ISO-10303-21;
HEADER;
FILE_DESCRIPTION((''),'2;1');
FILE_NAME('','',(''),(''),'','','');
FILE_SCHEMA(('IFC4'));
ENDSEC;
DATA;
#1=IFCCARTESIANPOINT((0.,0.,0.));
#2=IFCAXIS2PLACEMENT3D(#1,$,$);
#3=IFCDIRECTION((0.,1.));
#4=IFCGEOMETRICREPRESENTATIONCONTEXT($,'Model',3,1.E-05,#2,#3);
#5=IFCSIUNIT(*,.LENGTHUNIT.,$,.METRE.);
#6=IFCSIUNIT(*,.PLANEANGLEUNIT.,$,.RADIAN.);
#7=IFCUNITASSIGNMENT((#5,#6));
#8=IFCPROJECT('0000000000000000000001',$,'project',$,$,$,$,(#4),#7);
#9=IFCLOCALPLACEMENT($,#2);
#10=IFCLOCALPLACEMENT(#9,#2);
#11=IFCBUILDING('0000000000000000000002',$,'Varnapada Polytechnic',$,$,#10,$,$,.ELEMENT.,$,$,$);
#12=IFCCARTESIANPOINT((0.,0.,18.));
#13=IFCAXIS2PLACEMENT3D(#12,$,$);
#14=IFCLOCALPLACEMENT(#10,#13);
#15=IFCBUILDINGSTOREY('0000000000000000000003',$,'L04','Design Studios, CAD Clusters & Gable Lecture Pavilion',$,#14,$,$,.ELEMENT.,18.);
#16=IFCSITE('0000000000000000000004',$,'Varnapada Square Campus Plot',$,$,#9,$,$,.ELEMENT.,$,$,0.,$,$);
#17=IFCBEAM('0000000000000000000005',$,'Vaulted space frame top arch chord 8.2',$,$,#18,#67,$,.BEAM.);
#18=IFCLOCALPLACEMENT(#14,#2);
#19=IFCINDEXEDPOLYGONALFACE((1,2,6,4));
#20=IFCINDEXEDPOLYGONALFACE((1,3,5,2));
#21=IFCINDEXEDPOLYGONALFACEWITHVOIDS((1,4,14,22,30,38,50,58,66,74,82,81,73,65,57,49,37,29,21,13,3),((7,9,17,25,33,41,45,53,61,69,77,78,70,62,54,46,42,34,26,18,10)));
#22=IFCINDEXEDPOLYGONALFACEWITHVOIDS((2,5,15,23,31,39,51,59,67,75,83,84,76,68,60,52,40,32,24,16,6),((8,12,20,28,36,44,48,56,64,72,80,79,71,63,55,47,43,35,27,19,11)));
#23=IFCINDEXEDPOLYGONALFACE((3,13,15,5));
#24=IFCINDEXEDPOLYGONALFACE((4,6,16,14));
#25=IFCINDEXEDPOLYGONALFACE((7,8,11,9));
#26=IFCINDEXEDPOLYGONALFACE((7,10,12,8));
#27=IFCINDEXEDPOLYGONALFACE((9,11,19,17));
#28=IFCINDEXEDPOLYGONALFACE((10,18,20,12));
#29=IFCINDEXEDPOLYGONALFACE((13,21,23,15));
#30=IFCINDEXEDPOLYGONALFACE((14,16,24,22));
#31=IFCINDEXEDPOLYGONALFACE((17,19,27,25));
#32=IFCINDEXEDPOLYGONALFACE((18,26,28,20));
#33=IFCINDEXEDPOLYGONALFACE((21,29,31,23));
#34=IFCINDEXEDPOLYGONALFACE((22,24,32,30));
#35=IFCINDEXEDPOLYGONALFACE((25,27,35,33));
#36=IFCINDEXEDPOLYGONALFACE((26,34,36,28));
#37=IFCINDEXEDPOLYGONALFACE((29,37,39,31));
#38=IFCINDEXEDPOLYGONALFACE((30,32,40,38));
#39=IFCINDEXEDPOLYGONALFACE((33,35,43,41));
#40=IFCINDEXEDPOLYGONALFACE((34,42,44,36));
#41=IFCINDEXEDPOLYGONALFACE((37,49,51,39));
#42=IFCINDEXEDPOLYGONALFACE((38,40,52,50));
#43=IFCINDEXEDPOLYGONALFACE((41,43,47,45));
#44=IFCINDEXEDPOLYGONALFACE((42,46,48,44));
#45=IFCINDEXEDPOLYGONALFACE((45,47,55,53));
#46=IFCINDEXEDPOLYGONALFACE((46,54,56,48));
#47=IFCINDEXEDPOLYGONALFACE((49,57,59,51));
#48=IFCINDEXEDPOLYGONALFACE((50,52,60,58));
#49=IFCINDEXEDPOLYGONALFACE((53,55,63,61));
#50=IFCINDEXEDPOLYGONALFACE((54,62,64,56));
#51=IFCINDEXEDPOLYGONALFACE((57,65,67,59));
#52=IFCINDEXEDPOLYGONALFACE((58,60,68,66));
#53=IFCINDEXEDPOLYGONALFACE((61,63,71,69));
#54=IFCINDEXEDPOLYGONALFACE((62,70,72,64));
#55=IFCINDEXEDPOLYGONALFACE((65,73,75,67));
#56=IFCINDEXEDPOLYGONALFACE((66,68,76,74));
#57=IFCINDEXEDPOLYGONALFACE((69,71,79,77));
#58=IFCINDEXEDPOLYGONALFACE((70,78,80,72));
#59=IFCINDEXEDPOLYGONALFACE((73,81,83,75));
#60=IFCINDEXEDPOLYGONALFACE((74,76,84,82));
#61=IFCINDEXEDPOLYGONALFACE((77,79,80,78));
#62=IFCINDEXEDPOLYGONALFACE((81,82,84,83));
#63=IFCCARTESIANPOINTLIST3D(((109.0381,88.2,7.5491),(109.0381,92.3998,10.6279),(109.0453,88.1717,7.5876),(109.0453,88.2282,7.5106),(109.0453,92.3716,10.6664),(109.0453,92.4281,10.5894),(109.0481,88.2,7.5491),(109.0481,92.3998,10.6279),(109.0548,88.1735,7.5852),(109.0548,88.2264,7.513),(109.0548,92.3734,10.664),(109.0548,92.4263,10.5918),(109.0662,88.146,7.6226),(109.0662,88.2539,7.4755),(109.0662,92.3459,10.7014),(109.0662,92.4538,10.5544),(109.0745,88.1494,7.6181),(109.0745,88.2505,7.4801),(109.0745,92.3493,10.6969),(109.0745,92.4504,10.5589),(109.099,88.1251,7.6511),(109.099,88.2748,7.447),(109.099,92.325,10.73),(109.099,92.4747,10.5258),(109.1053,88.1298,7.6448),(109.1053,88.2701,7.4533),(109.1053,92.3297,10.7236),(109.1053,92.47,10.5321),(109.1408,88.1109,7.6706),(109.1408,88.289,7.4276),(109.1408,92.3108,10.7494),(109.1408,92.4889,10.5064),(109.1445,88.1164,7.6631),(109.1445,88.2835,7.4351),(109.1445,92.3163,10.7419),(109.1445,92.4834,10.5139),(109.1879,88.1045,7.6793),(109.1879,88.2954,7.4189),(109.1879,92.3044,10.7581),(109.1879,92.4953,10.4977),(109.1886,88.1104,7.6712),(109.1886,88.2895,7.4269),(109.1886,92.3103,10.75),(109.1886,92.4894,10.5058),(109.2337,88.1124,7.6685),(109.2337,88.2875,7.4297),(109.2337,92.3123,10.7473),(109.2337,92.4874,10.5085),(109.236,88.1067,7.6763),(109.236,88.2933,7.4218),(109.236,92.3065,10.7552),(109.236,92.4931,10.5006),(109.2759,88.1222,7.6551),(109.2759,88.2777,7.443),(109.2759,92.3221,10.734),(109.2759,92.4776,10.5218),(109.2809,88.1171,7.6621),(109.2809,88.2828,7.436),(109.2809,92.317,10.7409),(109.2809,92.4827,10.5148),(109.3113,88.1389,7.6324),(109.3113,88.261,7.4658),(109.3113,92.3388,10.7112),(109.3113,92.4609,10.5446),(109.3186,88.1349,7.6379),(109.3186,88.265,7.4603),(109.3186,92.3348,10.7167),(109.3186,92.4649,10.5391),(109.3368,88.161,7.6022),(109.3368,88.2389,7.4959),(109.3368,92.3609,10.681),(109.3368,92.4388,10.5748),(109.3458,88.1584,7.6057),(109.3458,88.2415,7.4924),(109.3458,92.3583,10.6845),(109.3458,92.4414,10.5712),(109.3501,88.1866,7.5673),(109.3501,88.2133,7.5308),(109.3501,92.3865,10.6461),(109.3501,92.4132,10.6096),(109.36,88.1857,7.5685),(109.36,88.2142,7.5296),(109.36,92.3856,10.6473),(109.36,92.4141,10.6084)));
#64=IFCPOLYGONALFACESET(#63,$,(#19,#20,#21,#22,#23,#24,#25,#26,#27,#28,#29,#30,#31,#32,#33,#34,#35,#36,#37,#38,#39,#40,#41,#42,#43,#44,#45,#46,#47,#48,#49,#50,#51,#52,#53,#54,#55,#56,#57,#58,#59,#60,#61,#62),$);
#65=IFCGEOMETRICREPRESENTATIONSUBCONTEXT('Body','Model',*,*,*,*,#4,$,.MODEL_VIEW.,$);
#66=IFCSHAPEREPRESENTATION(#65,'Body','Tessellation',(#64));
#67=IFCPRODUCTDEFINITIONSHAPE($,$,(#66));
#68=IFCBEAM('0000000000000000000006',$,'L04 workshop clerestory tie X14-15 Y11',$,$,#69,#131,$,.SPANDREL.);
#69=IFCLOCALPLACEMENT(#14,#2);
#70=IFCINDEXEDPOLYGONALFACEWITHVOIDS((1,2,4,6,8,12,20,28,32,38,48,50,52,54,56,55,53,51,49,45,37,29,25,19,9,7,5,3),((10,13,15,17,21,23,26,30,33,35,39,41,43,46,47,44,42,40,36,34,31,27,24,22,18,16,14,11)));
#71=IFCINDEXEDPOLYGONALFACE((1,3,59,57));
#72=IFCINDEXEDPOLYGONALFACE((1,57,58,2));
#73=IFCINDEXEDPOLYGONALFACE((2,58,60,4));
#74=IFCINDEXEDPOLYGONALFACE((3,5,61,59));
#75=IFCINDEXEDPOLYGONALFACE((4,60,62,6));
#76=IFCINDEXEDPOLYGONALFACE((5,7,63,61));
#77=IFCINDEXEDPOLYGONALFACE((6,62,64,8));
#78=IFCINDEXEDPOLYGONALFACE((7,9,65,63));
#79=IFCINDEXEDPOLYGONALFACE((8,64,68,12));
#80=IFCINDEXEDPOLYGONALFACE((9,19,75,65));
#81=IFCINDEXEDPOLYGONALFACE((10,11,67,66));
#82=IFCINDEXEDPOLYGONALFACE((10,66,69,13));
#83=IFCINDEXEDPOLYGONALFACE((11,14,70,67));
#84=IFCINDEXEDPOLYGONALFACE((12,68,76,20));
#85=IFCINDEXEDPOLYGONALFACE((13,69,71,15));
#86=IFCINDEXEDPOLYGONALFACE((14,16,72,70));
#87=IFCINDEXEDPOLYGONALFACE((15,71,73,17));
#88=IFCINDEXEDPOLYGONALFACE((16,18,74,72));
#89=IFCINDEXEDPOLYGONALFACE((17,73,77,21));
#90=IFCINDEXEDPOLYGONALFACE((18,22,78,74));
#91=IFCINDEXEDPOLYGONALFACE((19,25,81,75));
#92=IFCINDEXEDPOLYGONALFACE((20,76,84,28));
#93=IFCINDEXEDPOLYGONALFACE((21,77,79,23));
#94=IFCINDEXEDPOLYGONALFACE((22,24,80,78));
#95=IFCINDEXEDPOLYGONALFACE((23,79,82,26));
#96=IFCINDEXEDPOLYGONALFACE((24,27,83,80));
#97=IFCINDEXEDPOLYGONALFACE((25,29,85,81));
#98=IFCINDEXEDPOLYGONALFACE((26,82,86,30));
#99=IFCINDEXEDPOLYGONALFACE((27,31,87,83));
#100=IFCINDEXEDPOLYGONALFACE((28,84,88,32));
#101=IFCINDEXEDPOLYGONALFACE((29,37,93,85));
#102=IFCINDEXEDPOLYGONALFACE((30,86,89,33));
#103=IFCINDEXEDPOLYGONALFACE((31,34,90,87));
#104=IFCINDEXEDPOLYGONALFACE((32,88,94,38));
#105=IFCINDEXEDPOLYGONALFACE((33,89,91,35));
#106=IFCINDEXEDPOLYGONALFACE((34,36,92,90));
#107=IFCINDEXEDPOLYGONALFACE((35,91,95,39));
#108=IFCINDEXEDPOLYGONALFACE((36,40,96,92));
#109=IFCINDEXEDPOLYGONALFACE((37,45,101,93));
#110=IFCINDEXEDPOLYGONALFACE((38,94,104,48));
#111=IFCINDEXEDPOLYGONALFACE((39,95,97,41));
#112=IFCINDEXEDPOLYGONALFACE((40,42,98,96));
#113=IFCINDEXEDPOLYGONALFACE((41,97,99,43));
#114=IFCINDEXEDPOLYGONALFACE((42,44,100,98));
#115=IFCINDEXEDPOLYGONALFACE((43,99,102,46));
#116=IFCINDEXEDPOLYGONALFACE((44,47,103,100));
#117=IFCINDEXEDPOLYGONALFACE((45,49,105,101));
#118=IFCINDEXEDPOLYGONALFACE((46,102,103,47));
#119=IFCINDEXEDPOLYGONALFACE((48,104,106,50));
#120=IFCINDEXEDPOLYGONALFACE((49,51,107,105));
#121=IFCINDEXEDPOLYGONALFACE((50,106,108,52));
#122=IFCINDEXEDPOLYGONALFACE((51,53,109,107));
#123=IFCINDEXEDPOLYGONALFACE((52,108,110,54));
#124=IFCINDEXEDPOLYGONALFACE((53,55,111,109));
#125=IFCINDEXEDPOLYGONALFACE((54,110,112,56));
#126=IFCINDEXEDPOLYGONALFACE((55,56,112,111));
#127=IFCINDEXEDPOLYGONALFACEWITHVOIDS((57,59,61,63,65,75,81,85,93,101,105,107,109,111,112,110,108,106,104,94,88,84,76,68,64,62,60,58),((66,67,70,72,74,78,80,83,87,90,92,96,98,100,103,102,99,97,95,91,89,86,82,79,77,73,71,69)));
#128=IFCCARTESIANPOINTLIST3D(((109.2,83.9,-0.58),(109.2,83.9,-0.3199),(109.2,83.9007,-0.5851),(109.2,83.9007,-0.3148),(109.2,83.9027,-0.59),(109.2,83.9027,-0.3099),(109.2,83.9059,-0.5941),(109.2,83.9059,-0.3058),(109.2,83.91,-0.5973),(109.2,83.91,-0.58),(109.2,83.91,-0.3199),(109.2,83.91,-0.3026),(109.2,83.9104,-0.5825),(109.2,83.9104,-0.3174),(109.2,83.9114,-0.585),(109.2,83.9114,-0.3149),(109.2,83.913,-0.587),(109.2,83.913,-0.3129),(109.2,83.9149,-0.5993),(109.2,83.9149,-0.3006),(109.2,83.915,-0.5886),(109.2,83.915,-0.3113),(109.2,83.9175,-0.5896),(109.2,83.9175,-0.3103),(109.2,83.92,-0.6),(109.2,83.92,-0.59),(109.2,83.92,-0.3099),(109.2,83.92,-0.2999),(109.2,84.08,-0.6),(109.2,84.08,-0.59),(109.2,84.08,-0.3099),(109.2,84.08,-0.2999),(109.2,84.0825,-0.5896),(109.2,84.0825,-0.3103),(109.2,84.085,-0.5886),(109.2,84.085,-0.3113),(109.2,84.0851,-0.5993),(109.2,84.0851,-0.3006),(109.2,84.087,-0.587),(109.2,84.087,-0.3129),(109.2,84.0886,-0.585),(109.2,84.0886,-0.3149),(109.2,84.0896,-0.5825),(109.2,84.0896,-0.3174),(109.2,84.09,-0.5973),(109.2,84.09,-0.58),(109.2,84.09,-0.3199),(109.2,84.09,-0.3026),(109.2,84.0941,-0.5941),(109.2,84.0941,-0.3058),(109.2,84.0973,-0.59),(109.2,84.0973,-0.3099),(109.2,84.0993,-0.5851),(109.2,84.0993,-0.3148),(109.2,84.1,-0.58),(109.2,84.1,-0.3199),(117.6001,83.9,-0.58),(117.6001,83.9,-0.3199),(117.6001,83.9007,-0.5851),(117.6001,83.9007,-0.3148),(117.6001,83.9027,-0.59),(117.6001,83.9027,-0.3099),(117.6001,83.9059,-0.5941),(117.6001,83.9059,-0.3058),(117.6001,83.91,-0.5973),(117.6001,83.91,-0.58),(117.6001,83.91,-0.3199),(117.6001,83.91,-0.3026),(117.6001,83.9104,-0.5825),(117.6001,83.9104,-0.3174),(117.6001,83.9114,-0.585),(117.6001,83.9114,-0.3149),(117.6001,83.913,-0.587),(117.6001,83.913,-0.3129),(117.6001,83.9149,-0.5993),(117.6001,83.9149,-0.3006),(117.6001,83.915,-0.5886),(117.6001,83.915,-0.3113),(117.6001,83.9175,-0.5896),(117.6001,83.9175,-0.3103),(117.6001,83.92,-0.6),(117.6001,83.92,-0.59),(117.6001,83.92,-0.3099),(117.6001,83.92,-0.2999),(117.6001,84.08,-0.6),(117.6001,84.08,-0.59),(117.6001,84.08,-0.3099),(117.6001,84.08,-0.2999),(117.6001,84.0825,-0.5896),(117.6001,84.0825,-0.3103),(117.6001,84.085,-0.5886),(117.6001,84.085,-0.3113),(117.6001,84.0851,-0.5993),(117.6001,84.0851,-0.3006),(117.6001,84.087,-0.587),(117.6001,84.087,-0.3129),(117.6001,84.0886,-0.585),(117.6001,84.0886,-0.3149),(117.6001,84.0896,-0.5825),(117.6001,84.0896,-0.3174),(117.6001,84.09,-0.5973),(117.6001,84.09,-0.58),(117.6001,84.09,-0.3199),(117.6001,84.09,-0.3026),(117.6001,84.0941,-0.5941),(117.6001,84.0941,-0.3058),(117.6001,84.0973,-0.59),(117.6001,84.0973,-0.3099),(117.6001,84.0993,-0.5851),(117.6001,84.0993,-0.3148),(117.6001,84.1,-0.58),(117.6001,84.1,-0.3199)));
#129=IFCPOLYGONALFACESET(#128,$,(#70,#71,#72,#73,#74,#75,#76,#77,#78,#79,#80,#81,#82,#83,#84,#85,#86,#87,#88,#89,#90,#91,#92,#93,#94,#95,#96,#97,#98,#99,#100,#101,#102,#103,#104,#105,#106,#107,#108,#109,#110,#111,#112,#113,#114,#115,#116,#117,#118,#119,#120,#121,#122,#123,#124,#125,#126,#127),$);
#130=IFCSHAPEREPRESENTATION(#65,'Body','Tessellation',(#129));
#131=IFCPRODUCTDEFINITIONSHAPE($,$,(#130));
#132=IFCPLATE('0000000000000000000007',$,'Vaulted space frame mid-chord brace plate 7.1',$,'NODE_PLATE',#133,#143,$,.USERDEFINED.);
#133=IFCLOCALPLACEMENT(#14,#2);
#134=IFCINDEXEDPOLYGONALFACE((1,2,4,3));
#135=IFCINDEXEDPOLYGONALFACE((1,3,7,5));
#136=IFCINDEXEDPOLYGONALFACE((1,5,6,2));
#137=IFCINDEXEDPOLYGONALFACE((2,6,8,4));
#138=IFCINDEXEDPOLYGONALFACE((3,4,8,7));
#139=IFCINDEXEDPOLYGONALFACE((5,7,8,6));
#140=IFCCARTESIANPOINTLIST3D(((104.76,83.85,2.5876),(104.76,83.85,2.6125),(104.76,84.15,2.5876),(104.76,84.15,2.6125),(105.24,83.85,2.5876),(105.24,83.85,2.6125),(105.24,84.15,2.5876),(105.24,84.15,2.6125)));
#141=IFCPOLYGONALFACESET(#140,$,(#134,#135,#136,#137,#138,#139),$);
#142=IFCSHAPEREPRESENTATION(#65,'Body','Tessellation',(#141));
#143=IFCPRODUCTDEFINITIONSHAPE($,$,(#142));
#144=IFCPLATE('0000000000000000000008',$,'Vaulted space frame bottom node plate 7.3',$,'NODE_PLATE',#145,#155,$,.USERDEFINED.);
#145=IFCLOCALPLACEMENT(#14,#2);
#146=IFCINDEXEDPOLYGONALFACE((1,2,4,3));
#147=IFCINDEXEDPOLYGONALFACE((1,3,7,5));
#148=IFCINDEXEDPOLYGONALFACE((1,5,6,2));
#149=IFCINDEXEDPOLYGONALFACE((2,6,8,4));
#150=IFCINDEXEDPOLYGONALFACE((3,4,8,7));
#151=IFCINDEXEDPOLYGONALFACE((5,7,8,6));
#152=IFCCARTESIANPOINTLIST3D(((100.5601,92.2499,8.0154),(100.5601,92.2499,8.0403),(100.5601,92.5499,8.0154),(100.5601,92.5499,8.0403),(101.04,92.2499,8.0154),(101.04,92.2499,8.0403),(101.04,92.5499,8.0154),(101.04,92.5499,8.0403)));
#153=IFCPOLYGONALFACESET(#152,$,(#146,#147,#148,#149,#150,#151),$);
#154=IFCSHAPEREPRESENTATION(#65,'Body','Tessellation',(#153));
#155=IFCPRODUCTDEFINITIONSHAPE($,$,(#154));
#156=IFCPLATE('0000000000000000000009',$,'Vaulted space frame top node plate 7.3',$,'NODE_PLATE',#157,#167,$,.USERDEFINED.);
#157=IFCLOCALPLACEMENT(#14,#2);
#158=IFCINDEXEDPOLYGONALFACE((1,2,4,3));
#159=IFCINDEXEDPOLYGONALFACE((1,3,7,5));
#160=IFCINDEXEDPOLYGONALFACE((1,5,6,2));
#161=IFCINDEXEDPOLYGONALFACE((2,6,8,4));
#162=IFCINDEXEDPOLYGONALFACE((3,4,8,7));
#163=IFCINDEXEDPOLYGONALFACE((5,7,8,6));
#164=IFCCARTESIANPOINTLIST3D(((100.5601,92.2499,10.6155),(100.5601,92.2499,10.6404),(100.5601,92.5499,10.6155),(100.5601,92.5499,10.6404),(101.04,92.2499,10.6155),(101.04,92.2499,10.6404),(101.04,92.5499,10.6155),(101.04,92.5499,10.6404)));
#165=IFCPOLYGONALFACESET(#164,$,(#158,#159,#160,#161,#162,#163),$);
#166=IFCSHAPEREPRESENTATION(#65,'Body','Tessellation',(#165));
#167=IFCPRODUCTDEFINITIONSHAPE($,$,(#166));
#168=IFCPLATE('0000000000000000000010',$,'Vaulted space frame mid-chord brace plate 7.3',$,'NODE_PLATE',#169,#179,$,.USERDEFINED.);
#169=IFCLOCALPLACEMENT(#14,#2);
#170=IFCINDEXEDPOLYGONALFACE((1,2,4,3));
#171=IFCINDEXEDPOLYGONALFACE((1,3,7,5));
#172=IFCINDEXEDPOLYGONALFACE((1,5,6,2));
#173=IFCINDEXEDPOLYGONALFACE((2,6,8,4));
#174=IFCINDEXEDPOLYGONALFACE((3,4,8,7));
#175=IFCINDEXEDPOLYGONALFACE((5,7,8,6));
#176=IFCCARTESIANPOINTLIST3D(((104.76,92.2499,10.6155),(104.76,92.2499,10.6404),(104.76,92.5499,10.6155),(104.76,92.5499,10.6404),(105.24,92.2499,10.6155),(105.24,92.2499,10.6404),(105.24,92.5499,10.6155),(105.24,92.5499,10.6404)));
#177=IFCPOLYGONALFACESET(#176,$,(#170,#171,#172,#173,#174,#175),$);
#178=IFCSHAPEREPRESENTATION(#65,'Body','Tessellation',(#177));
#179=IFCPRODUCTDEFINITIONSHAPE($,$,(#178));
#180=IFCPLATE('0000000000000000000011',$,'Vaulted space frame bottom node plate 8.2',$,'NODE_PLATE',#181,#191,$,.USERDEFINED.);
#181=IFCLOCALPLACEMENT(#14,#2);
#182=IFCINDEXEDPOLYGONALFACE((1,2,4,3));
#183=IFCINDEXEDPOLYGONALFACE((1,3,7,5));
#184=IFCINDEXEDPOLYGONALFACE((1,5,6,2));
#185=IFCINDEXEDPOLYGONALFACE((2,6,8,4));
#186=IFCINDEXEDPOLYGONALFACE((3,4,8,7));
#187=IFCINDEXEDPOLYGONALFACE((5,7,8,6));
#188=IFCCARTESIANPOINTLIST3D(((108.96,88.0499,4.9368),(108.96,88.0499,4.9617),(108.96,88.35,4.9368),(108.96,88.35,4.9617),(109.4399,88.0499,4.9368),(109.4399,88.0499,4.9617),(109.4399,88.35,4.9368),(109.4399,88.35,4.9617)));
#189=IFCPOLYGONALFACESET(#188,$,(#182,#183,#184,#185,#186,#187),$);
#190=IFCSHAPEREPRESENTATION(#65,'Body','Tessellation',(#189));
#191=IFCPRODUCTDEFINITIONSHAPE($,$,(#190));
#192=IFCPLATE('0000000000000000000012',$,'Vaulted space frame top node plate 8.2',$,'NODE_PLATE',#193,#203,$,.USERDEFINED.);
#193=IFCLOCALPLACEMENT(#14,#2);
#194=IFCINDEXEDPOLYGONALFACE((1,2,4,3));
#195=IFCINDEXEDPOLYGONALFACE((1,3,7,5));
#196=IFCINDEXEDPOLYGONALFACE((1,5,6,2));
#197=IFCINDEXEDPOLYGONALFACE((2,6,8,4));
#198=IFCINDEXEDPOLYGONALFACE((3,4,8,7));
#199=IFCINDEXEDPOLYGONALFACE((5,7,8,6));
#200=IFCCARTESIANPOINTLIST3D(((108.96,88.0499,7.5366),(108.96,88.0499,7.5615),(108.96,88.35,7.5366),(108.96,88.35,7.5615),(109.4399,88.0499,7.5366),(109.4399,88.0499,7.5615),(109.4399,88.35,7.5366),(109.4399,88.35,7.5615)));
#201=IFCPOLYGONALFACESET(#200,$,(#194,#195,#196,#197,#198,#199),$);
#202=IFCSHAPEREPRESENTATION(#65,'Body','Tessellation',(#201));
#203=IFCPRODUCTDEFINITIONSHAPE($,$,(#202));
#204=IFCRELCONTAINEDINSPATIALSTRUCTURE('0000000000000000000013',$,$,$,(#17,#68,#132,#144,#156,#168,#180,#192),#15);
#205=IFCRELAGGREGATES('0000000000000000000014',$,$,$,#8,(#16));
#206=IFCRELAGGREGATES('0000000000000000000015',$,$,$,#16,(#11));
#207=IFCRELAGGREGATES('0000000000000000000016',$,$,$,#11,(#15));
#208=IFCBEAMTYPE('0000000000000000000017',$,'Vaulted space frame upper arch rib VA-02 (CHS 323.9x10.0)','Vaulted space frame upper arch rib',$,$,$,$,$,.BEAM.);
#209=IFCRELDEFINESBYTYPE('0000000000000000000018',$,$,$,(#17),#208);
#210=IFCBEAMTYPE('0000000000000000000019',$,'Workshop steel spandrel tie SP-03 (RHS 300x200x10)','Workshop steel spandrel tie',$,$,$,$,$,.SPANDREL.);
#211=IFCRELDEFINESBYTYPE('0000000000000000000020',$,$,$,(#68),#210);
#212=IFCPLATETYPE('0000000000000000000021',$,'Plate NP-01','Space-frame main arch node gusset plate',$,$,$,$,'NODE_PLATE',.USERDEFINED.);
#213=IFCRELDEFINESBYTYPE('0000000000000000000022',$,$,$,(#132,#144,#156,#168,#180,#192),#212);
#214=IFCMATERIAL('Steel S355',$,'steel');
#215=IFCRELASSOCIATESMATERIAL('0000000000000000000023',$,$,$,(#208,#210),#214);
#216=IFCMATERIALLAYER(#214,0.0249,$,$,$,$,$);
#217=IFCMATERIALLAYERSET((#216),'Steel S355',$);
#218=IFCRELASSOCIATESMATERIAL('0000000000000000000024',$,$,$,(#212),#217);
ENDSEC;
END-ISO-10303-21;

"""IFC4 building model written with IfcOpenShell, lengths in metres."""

from ifc_helpers import new_model, si_unit, direction, frame, origin, origin_2d, place, context, subcontext, project, spatial, rectangle, hollow_rectangle, hollow_circle, extrude, material, layer, layer_set, material_profile, profile_set, type_object, element, save


model = new_model("IFC4")

# Units and contexts
model_context = context("Model", 3, precision=1e-05, world=origin(), true_north=direction((0.0, 1.0)))
body_context = subcontext(model_context, "Body", "Model", "MODEL_VIEW")
ifc_project = project(units=[si_unit("LENGTHUNIT", "METRE"), si_unit("PLANEANGLEUNIT", "RADIAN")], contexts=[model_context])

# Site, building, storey
site_placement = place(None, origin())
site = spatial("IfcSite", under=ifc_project, at=site_placement, Name="Varnapada Square Campus Plot", CompositionType="ELEMENT", RefElevation=0.0)
building_placement = place(site_placement, origin())
building = spatial("IfcBuilding", under=site, at=building_placement, Name="Varnapada Polytechnic", CompositionType="ELEMENT")
storey_placement = place(building_placement, frame((0.0, 0.0, 18.0)))
storey = spatial("IfcBuildingStorey", under=building, at=storey_placement, Name="L04", Description="Design Studios, CAD Clusters & Gable Lecture Pavilion", CompositionType="ELEMENT", Elevation=18.0)

# Shared definitions
ifc_material = material(Name="Steel S355", Category="steel")

# Beams
ifc_material_profile_1 = material_profile(ifc_material, hollow_circle(Radius=0.1619, WallThickness=0.01, at=origin_2d()), Name="CHS 323.9x10.0")
ifc_profile_set_1 = profile_set([ifc_material_profile_1], Name="Steel S355")
beam_type_1 = type_object("IfcBeamType", Name="Vaulted space frame upper arch rib VA-02 (CHS 323.9x10.0)", Description="Vaulted space frame upper arch rib", PredefinedType="BEAM", material=ifc_profile_set_1)
beam_1_placement = place(storey_placement, frame((109.2, 88.2, 7.5491), z_axis=(0.0, 0.806506, 0.591225), x_axis=(-1.0, 0.0, 0.0)))
element("IfcBeam", 1, at=beam_1_placement, inside=storey, type_object=beam_type_1, Name="Vaulted space frame top arch chord 8.2", PredefinedType="BEAM", context=body_context, shape_type="SweptSolid", body=[
    extrude(hollow_circle(Radius=0.1619, WallThickness=0.01, at=origin_2d()), origin(), (0.0, 0.0, 1.0), 5.2075),
])
ifc_material_profile_2 = material_profile(ifc_material, hollow_rectangle(XDim=0.2, YDim=0.3, WallThickness=0.01, InnerFilletRadius=0.01, OuterFilletRadius=0.02, at=origin_2d()), Name="RHS 300x200x10")
ifc_profile_set_2 = profile_set([ifc_material_profile_2], Name="Steel S355")
beam_type_2 = type_object("IfcBeamType", Name="Workshop steel spandrel tie SP-03 (RHS 300x200x10)", Description="Workshop steel spandrel tie", PredefinedType="SPANDREL", material=ifc_profile_set_2)
beam_2_placement = place(storey_placement, frame((109.2, 84.0, -0.45), z_axis=(1.0, 0.0, 0.0), x_axis=(0.0, 1.0, 0.0)))
element("IfcBeam", 2, at=beam_2_placement, inside=storey, type_object=beam_type_2, Name="L04 workshop clerestory tie X14-15 Y11", PredefinedType="SPANDREL", context=body_context, shape_type="SweptSolid", body=[
    extrude(hollow_rectangle(XDim=0.2, YDim=0.3, WallThickness=0.01, InnerFilletRadius=0.01, OuterFilletRadius=0.02, at=origin_2d()), origin(), (0.0, 0.0, 1.0), 8.4001),
])

# Plates
ifc_layer_1 = layer(ifc_material, 0.0249)
ifc_layer_set_1 = layer_set([ifc_layer_1], Name="Steel S355")
plate_type_1 = type_object("IfcPlateType", Name="Plate NP-01", Description="Space-frame main arch node gusset plate", ElementType="NODE_PLATE", PredefinedType="USERDEFINED", material=ifc_layer_set_1)
for number, where, z_axis, x_axis, name in (
    (3, (105.0, 84.0, 2.5876), (0.0, 0.0, 1.0), (1.0, 0.0, 0.0), "Vaulted space frame mid-chord brace plate 7.1"),
    (4, (100.8, 92.3999, 8.0154), (0.0, 0.0, 1.0), (1.0, 0.0, 0.0), "Vaulted space frame bottom node plate 7.3"),
    (5, (100.8, 92.3999, 10.6155), (0.0, 0.0, 1.0), (1.0, 0.0, 0.0), "Vaulted space frame top node plate 7.3"),
    (6, (105.0, 92.3999, 10.6155), (0.0, 0.0, 1.0), (1.0, 0.0, 0.0), "Vaulted space frame mid-chord brace plate 7.3"),
    (7, (109.2, 88.2, 4.9368), (0.0, 0.0, 1.0), (1.0, 0.0, 0.0), "Vaulted space frame bottom node plate 8.2"),
    (8, (109.2, 88.2, 7.5366), (0.0, 0.0, 1.0), (1.0, 0.0, 0.0), "Vaulted space frame top node plate 8.2"),
):
    element("IfcPlate", number, at=place(storey_placement, frame(where, z_axis=z_axis, x_axis=x_axis)), inside=storey, type_object=plate_type_1, Name=name, ObjectType="NODE_PLATE", PredefinedType="USERDEFINED", context=body_context, shape_type="SweptSolid", body=[
        extrude(rectangle(XDim=0.48, YDim=0.3, at=origin_2d()), origin(), (0.0, 0.0, 1.0), 0.0249),
    ])

save(model, "model.ifc")
